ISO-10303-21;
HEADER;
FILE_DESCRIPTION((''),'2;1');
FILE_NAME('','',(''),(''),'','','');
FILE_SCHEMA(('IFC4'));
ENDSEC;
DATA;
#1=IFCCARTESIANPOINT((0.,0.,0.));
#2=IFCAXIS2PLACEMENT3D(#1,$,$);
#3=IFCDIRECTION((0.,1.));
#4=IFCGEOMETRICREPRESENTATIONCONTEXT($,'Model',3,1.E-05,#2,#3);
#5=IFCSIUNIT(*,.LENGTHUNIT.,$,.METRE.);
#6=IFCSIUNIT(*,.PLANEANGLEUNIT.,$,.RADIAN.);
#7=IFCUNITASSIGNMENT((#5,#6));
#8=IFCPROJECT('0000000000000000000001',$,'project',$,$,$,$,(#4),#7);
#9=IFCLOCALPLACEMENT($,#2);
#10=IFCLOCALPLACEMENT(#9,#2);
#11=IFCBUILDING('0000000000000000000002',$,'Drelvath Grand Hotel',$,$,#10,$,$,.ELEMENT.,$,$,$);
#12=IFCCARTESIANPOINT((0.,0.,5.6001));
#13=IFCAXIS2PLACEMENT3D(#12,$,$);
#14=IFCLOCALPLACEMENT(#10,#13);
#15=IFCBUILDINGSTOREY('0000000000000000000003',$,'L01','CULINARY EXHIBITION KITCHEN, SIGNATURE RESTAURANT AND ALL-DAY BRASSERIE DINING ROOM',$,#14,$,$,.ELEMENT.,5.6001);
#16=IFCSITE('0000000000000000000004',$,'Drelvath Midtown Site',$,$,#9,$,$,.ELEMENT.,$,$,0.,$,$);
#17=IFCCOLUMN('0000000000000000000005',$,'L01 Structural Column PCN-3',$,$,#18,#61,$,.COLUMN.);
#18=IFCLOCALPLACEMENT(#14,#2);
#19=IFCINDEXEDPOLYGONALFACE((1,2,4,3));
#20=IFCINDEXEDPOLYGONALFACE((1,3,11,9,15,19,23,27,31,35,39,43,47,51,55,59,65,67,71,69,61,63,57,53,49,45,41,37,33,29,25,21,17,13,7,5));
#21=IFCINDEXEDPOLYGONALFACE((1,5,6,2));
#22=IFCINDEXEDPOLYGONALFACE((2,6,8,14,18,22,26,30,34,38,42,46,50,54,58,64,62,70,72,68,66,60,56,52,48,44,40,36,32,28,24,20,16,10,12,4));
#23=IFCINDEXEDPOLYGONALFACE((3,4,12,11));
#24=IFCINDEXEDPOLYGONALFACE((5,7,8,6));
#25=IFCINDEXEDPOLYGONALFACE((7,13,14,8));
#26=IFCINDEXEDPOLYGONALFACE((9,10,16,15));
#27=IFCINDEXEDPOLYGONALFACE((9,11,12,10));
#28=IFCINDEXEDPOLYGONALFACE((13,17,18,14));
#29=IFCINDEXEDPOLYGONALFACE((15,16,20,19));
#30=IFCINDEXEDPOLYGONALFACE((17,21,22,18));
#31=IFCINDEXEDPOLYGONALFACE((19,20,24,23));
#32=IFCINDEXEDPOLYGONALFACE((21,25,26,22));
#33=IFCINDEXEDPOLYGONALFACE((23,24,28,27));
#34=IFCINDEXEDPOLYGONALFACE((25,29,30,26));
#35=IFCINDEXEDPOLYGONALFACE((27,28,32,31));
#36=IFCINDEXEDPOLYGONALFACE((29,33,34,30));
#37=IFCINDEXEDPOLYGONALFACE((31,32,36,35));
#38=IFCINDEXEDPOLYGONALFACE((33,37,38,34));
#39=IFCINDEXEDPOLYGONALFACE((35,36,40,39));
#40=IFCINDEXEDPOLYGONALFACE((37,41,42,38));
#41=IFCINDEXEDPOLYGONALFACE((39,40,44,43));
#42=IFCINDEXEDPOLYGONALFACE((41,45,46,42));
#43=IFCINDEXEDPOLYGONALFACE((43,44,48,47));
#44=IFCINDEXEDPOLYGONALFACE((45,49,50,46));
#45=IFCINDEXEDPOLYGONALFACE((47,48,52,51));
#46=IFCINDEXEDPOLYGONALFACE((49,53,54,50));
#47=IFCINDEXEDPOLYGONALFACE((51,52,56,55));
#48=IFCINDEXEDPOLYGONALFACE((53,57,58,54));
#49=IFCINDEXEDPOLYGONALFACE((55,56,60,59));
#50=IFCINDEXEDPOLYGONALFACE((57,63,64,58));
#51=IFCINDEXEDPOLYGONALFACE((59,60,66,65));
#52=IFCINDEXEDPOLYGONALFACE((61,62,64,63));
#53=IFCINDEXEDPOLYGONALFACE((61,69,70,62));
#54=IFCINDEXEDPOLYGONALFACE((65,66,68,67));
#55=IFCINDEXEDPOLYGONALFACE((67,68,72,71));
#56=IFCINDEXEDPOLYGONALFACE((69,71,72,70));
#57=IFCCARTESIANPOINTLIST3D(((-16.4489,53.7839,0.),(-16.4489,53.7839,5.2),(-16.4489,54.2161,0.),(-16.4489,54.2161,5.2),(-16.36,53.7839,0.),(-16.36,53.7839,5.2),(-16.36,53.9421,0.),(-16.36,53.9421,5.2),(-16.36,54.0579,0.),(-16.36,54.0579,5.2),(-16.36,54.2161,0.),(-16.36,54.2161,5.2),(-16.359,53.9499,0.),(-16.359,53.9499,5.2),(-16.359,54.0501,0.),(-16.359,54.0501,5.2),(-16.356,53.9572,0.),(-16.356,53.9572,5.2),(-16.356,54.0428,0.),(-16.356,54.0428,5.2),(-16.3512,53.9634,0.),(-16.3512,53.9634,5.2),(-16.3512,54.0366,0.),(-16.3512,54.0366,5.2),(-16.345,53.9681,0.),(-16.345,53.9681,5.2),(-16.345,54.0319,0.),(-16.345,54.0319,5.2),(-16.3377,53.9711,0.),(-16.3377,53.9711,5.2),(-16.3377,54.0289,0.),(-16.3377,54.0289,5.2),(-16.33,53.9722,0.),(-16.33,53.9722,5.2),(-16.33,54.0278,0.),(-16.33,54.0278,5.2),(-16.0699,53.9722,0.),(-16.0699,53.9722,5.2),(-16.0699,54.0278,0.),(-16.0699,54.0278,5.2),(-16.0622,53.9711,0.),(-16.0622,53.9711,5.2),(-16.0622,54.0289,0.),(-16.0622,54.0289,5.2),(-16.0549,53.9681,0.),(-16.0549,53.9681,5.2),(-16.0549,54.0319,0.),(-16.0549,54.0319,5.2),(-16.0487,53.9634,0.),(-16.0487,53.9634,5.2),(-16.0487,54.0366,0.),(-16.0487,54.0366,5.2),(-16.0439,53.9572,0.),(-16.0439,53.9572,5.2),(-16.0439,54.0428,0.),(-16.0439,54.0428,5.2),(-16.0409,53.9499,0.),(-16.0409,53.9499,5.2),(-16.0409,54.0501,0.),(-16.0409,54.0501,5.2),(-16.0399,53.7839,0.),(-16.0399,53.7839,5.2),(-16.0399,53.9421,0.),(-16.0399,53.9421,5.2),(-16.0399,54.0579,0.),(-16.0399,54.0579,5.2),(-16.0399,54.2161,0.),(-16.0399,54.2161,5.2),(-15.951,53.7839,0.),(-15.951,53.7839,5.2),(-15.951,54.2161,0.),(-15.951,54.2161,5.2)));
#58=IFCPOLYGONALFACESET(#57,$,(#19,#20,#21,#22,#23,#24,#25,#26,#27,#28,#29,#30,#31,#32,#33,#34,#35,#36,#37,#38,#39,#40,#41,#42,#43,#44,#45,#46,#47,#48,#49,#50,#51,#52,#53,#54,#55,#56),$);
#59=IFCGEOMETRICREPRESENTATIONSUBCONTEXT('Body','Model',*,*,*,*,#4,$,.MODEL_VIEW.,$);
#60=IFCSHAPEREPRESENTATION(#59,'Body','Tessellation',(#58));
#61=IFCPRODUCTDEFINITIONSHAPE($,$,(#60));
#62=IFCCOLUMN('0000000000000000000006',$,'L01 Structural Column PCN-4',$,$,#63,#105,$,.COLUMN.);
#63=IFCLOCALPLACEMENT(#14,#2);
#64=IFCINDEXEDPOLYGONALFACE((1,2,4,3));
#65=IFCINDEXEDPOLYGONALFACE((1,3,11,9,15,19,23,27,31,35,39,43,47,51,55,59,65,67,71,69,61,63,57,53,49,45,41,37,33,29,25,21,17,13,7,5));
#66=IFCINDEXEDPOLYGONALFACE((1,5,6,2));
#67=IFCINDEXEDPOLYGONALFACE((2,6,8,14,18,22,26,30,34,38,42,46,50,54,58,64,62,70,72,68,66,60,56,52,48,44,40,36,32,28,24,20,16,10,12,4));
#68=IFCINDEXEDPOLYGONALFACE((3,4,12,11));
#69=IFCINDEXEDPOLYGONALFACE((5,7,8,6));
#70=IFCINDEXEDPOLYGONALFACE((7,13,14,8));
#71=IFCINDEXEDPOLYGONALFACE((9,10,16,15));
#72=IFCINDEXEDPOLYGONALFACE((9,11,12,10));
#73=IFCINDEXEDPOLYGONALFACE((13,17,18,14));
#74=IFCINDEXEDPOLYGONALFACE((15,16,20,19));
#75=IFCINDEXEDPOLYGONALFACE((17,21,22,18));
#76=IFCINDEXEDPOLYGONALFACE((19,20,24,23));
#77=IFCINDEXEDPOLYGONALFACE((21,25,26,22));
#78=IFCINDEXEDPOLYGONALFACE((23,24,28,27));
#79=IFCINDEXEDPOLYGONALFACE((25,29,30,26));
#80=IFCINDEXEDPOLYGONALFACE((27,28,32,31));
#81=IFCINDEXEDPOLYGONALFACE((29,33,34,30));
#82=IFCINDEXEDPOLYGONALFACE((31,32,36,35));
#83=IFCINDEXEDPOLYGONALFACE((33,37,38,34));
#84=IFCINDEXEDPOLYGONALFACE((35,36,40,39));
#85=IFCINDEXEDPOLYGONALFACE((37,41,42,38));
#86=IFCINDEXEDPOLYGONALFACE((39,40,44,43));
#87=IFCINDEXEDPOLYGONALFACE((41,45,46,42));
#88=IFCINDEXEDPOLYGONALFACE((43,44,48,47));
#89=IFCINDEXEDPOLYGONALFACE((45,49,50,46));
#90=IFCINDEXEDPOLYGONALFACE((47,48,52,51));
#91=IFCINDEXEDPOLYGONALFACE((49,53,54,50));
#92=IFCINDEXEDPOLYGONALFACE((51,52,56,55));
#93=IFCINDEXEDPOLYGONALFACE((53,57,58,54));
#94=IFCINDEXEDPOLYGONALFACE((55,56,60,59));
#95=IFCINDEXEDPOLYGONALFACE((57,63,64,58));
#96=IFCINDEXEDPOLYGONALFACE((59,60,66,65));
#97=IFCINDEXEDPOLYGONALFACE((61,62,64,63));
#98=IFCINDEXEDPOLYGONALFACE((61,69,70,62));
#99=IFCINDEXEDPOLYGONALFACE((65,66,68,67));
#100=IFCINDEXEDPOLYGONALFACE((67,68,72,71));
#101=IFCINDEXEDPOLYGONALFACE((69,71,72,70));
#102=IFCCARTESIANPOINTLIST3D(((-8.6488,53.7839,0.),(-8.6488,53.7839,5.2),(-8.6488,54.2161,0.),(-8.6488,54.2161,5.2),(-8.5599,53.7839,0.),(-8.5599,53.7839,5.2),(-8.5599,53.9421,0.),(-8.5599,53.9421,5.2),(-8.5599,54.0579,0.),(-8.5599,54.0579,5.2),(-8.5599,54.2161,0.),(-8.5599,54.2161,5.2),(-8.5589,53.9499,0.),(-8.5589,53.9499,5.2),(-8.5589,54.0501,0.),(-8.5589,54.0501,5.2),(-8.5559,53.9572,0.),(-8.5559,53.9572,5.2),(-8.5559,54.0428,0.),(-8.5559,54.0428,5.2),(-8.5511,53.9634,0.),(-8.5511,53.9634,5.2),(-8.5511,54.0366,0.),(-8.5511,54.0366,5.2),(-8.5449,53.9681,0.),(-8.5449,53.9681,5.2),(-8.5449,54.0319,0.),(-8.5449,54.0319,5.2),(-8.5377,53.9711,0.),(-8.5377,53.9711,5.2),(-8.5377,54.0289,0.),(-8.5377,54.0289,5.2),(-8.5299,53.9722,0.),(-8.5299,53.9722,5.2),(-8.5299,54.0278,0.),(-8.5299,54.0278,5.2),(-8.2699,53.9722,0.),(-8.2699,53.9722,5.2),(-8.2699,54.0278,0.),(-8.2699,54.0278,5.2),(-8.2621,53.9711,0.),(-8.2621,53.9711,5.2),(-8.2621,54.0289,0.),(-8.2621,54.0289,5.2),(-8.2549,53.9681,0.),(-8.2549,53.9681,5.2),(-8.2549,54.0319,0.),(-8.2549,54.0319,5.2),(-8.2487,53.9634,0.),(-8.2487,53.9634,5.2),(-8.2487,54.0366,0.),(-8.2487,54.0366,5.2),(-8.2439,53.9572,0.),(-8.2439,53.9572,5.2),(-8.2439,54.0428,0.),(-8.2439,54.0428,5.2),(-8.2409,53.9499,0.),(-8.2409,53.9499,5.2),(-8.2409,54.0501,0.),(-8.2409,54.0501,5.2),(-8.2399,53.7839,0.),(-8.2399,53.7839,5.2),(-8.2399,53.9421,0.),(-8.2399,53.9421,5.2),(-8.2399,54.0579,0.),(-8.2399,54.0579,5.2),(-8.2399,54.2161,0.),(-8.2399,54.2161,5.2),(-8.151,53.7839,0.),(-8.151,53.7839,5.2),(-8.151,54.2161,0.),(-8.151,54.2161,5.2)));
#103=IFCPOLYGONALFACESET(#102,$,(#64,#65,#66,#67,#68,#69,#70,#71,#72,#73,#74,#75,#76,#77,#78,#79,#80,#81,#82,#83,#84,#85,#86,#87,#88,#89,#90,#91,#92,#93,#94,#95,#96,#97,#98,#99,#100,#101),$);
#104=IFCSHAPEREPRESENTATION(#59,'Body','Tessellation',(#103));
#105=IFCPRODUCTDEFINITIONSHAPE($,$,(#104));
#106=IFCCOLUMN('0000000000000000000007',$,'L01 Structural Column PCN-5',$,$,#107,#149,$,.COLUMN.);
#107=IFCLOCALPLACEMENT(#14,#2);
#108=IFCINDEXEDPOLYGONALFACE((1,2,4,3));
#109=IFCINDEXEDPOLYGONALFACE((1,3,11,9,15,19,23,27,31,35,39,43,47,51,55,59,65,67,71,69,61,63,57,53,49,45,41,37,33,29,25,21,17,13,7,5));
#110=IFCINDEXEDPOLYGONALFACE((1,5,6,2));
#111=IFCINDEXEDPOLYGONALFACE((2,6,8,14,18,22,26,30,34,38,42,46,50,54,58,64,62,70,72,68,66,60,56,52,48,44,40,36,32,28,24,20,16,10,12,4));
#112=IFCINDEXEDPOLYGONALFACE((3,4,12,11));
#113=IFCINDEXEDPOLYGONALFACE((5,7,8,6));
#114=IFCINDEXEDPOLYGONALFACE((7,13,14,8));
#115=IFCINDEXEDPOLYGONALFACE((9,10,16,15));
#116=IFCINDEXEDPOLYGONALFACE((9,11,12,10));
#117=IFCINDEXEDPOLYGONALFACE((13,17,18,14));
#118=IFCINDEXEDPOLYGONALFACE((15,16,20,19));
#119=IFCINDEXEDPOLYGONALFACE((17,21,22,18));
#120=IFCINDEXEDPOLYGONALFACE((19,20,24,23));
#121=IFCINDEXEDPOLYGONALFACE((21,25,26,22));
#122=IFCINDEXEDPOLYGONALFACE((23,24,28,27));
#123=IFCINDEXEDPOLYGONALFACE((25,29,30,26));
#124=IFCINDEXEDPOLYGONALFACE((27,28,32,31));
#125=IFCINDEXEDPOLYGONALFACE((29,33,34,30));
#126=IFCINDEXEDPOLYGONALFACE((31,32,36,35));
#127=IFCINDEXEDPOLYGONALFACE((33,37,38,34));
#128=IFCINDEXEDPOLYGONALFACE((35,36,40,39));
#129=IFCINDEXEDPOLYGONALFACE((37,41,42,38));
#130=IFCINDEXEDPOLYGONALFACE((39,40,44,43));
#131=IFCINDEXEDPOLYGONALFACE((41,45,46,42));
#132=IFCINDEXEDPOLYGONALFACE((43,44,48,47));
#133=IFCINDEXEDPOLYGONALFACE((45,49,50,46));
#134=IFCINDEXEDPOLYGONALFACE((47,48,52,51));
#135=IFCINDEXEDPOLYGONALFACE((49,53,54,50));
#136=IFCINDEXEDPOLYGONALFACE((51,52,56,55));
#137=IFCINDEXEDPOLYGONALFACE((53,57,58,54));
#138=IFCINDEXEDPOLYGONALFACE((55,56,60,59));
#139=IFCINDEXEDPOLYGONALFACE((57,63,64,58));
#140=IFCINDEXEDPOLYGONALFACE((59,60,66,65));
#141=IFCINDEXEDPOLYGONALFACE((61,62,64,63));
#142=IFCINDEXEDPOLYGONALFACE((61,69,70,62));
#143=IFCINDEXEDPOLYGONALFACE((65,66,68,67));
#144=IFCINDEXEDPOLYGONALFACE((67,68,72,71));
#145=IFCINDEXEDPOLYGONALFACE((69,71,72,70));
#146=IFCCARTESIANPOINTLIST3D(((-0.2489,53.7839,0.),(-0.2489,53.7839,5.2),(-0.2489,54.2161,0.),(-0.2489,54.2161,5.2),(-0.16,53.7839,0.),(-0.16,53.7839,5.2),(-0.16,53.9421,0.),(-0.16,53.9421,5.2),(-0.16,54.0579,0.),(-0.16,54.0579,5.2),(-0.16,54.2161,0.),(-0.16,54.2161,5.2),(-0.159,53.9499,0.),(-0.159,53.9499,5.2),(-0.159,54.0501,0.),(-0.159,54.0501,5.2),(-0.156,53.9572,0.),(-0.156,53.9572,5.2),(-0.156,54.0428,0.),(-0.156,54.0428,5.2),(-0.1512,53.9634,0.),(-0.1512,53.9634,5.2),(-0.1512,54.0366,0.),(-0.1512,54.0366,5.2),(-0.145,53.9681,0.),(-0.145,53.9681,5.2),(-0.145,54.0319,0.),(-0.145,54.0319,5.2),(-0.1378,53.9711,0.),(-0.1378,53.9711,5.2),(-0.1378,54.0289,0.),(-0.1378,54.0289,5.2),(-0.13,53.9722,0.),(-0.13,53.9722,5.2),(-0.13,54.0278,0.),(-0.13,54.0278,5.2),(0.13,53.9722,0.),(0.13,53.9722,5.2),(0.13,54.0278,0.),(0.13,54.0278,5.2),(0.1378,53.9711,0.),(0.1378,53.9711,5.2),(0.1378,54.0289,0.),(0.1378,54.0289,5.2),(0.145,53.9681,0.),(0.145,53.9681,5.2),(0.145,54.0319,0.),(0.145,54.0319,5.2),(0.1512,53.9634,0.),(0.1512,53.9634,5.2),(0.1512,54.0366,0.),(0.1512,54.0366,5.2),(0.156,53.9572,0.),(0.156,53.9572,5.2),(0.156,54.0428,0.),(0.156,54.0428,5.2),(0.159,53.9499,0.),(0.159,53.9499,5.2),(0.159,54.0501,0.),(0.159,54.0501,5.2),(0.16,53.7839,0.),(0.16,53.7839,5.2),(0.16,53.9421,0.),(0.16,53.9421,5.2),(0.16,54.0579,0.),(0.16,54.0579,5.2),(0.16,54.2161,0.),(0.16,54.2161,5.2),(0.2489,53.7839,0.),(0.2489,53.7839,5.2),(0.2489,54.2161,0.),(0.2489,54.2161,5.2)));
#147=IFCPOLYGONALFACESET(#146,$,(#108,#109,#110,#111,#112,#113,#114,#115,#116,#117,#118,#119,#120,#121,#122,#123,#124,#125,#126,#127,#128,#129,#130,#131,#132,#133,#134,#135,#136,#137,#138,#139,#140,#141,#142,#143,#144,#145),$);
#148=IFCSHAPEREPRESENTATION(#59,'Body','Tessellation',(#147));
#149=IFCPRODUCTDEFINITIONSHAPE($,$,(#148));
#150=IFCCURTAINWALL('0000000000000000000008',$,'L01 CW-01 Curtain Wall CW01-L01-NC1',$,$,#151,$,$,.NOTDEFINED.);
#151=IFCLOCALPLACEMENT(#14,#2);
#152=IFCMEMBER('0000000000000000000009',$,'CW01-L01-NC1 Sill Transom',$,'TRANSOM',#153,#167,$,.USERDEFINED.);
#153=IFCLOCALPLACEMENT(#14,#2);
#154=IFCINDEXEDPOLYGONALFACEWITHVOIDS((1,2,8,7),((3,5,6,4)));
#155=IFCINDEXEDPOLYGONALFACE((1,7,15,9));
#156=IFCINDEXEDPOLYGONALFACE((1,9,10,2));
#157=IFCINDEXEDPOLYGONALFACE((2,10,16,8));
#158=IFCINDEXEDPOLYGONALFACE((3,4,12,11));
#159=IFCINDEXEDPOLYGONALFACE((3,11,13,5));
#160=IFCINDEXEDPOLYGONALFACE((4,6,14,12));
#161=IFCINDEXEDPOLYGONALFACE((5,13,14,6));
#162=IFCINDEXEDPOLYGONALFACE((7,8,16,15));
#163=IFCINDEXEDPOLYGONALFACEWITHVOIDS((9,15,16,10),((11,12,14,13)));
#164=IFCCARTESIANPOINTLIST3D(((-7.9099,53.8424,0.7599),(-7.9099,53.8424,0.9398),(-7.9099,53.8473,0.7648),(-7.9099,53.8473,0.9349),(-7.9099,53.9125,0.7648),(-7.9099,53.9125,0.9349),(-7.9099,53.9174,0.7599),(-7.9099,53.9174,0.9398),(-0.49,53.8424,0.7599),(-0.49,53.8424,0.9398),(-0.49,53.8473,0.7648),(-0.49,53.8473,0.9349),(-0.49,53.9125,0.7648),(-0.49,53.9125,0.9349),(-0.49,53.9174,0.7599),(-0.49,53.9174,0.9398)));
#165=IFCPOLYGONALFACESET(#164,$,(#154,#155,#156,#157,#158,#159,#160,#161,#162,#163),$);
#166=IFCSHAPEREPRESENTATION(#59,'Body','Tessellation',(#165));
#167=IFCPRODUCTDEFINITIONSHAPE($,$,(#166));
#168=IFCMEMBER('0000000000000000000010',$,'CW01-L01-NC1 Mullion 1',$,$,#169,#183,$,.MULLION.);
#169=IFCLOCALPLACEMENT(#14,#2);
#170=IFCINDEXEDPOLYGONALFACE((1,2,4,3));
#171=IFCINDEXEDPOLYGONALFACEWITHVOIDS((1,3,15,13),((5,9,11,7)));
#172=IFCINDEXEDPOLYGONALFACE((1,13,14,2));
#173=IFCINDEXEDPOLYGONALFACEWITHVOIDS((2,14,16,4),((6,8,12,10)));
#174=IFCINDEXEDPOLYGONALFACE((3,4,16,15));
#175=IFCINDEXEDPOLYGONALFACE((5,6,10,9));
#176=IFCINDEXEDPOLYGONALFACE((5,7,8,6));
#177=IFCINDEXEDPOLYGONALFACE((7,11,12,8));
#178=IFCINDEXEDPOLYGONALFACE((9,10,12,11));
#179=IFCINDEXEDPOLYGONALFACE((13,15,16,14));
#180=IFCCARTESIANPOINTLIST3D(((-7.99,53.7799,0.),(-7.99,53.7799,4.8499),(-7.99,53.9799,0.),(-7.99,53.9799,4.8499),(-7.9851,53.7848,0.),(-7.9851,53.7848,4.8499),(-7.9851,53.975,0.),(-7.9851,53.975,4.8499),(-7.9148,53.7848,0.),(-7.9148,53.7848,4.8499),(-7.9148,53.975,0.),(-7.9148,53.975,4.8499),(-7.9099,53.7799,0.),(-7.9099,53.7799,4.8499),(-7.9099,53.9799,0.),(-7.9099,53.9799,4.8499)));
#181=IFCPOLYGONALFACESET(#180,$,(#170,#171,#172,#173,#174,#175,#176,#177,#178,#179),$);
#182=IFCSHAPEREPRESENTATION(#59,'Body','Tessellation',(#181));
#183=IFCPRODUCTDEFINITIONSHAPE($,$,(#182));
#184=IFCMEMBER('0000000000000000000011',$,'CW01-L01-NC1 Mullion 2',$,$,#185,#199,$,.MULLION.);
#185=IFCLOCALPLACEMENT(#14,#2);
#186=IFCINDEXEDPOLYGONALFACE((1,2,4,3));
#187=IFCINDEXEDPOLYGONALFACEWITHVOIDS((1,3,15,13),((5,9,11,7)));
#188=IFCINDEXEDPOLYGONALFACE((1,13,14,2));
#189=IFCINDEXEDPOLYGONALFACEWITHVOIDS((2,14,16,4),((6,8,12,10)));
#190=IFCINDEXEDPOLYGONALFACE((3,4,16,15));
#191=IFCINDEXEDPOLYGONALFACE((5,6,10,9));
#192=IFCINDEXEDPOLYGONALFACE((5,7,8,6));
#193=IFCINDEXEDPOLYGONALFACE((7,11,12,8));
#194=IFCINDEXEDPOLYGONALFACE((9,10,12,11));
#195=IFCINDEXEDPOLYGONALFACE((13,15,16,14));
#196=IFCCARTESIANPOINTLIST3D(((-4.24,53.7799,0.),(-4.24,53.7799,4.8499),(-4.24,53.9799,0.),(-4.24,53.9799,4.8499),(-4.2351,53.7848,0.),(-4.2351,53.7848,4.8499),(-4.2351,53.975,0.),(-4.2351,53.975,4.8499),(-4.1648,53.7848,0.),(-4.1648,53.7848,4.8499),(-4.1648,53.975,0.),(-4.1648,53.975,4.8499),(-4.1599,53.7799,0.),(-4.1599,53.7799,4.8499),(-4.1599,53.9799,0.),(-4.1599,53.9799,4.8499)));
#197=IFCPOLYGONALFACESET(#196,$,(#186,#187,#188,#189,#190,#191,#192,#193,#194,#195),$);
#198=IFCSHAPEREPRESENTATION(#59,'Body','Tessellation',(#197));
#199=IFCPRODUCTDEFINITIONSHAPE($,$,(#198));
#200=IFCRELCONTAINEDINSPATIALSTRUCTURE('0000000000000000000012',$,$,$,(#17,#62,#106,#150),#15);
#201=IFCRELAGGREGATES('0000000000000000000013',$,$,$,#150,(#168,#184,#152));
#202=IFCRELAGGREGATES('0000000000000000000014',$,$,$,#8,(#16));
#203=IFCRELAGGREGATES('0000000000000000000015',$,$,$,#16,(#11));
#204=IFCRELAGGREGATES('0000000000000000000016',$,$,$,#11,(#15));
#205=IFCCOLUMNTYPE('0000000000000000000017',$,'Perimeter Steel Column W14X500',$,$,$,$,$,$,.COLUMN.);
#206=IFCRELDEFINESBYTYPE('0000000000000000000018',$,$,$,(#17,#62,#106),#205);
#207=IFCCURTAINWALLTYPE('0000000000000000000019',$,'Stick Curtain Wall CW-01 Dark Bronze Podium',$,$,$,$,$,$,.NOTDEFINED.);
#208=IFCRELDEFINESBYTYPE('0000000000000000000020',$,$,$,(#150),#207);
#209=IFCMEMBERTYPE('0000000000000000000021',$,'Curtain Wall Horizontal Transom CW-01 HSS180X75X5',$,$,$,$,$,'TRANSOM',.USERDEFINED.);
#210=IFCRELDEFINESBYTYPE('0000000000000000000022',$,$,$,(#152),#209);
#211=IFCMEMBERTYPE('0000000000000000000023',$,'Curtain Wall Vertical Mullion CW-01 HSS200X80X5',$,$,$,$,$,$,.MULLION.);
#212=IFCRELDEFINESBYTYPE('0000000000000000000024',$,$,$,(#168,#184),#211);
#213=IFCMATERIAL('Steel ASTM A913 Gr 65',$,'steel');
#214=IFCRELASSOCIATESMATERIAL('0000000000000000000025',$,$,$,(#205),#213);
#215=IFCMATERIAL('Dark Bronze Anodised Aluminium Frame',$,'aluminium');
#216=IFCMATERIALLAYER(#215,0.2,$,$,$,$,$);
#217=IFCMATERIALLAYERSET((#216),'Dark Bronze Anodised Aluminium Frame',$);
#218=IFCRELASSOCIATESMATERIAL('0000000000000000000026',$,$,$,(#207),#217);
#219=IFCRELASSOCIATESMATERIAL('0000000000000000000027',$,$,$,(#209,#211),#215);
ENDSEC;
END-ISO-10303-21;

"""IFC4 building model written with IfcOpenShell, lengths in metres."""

from ifc_helpers import new_model, si_unit, direction, frame, origin, origin_2d, place, context, subcontext, project, spatial, hollow_rectangle, i_section, extrude, material, layer, layer_set, material_profile, profile_set, type_object, element, aggregate, save


model = new_model("IFC4")

# Units and contexts
model_context = context("Model", 3, precision=1e-05, world=origin(), true_north=direction((0.0, 1.0)))
body_context = subcontext(model_context, "Body", "Model", "MODEL_VIEW")
ifc_project = project(units=[si_unit("LENGTHUNIT", "METRE"), si_unit("PLANEANGLEUNIT", "RADIAN")], contexts=[model_context])

# Site, building, storey
site_placement = place(None, origin())
site = spatial("IfcSite", under=ifc_project, at=site_placement, Name="Drelvath Midtown Site", CompositionType="ELEMENT", RefElevation=0.0)
building_placement = place(site_placement, origin())
building = spatial("IfcBuilding", under=site, at=building_placement, Name="Drelvath Grand Hotel", CompositionType="ELEMENT")
storey_placement = place(building_placement, frame((0.0, 0.0, 5.6001)))
storey = spatial("IfcBuildingStorey", under=building, at=storey_placement, Name="L01", Description="CULINARY EXHIBITION KITCHEN, SIGNATURE RESTAURANT AND ALL-DAY BRASSERIE DINING ROOM", CompositionType="ELEMENT", Elevation=5.6001)

# Columns
ifc_material_1 = material(Name="Steel ASTM A913 Gr 65", Category="steel")
ifc_material_profile_1 = material_profile(ifc_material_1, i_section(OverallWidth=0.4321, OverallDepth=0.4978, WebThickness=0.0557, FlangeThickness=0.0889, FilletRadius=0.03, at=origin_2d()), Name="W14X500")
ifc_profile_set_1 = profile_set([ifc_material_profile_1], Name="Steel ASTM A913 Gr 65")
column_type = type_object("IfcColumnType", Name="Perimeter Steel Column W14X500", PredefinedType="COLUMN", material=ifc_profile_set_1)
for number, where, z_axis, x_axis, name in (
    (1, (-16.2, 54.0, 0.0), (0.0, 0.0, 1.0), (0.0, 1.0, 0.0), "L01 Structural Column PCN-3"),
    (2, (-8.3999, 54.0, 0.0), (0.0, 0.0, 1.0), (0.0, 1.0, 0.0), "L01 Structural Column PCN-4"),
    (3, (0.0, 54.0, 0.0), (0.0, 0.0, 1.0), (0.0, 1.0, 0.0), "L01 Structural Column PCN-5"),
):
    element("IfcColumn", number, at=place(storey_placement, frame(where, z_axis=z_axis, x_axis=x_axis)), inside=storey, type_object=column_type, Name=name, PredefinedType="COLUMN", context=body_context, shape_type="SweptSolid", body=[
        extrude(i_section(OverallWidth=0.4321, OverallDepth=0.4978, WebThickness=0.0557, FlangeThickness=0.0889, FilletRadius=0.03, at=origin_2d()), origin(), (0.0, 0.0, 1.0), 5.2),
    ])

# Curtain wall, members
ifc_material_2 = material(Name="Dark Bronze Anodised Aluminium Frame", Category="aluminium")
ifc_layer_1 = layer(ifc_material_2, 0.2)
ifc_layer_set_1 = layer_set([ifc_layer_1], Name="Dark Bronze Anodised Aluminium Frame")
curtain_wall_type = type_object("IfcCurtainWallType", Name="Stick Curtain Wall CW-01 Dark Bronze Podium", PredefinedType="NOTDEFINED", material=ifc_layer_set_1)
curtain_wall_placement = place(storey_placement, origin())
curtain_wall = element("IfcCurtainWall", 4, at=curtain_wall_placement, inside=storey, type_object=curtain_wall_type, Name="L01 CW-01 Curtain Wall CW01-L01-NC1", PredefinedType="NOTDEFINED")
ifc_material_profile_2 = material_profile(ifc_material_2, hollow_rectangle(XDim=0.075, YDim=0.1799, WallThickness=0.0049, at=origin_2d()), Name="HSS180X75X5")
ifc_profile_set_2 = profile_set([ifc_material_profile_2], Name="Dark Bronze Anodised Aluminium Frame")
member_type_1 = type_object("IfcMemberType", Name="Curtain Wall Horizontal Transom CW-01 HSS180X75X5", ElementType="TRANSOM", PredefinedType="USERDEFINED", material=ifc_profile_set_2)
member_1_placement = place(storey_placement, frame((-7.9099, 53.8799, 0.8499), z_axis=(1.0, 0.0, 0.0), x_axis=(0.0, 1.0, 0.0)))
member_1 = element("IfcMember", 5, at=member_1_placement, type_object=member_type_1, Name="CW01-L01-NC1 Sill Transom", ObjectType="TRANSOM", PredefinedType="USERDEFINED", context=body_context, shape_type="SweptSolid", body=[
    extrude(hollow_rectangle(XDim=0.075, YDim=0.1799, WallThickness=0.0049, at=origin_2d()), origin(), (0.0, 0.0, 1.0), 7.4199),
])
ifc_material_profile_3 = material_profile(ifc_material_2, hollow_rectangle(XDim=0.0801, YDim=0.2, WallThickness=0.0049, at=origin_2d()), Name="HSS200X80X5")
ifc_profile_set_3 = profile_set([ifc_material_profile_3], Name="Dark Bronze Anodised Aluminium Frame")
member_type_2 = type_object("IfcMemberType", Name="Curtain Wall Vertical Mullion CW-01 HSS200X80X5", PredefinedType="MULLION", material=ifc_profile_set_3)
member_2_placement = place(storey_placement, frame((-7.95, 53.8799, 0.0), z_axis=(0.0, 0.0, 1.0), x_axis=(1.0, 0.0, 0.0)))
member_2 = element("IfcMember", 6, at=member_2_placement, type_object=member_type_2, Name="CW01-L01-NC1 Mullion 1", PredefinedType="MULLION", context=body_context, shape_type="SweptSolid", body=[
    extrude(hollow_rectangle(XDim=0.0801, YDim=0.2, WallThickness=0.0049, at=origin_2d()), origin(), (0.0, 0.0, 1.0), 4.8499),
])
member_3_placement = place(storey_placement, frame((-4.2, 53.8799, 0.0), z_axis=(0.0, 0.0, 1.0), x_axis=(1.0, 0.0, 0.0)))
member_3 = element("IfcMember", 7, at=member_3_placement, type_object=member_type_2, Name="CW01-L01-NC1 Mullion 2", PredefinedType="MULLION", context=body_context, shape_type="SweptSolid", body=[
    extrude(hollow_rectangle(XDim=0.0801, YDim=0.2, WallThickness=0.0049, at=origin_2d()), origin(), (0.0, 0.0, 1.0), 4.8499),
])

aggregate(curtain_wall, [member_2, member_3, member_1])

save(model, "model.ifc")
